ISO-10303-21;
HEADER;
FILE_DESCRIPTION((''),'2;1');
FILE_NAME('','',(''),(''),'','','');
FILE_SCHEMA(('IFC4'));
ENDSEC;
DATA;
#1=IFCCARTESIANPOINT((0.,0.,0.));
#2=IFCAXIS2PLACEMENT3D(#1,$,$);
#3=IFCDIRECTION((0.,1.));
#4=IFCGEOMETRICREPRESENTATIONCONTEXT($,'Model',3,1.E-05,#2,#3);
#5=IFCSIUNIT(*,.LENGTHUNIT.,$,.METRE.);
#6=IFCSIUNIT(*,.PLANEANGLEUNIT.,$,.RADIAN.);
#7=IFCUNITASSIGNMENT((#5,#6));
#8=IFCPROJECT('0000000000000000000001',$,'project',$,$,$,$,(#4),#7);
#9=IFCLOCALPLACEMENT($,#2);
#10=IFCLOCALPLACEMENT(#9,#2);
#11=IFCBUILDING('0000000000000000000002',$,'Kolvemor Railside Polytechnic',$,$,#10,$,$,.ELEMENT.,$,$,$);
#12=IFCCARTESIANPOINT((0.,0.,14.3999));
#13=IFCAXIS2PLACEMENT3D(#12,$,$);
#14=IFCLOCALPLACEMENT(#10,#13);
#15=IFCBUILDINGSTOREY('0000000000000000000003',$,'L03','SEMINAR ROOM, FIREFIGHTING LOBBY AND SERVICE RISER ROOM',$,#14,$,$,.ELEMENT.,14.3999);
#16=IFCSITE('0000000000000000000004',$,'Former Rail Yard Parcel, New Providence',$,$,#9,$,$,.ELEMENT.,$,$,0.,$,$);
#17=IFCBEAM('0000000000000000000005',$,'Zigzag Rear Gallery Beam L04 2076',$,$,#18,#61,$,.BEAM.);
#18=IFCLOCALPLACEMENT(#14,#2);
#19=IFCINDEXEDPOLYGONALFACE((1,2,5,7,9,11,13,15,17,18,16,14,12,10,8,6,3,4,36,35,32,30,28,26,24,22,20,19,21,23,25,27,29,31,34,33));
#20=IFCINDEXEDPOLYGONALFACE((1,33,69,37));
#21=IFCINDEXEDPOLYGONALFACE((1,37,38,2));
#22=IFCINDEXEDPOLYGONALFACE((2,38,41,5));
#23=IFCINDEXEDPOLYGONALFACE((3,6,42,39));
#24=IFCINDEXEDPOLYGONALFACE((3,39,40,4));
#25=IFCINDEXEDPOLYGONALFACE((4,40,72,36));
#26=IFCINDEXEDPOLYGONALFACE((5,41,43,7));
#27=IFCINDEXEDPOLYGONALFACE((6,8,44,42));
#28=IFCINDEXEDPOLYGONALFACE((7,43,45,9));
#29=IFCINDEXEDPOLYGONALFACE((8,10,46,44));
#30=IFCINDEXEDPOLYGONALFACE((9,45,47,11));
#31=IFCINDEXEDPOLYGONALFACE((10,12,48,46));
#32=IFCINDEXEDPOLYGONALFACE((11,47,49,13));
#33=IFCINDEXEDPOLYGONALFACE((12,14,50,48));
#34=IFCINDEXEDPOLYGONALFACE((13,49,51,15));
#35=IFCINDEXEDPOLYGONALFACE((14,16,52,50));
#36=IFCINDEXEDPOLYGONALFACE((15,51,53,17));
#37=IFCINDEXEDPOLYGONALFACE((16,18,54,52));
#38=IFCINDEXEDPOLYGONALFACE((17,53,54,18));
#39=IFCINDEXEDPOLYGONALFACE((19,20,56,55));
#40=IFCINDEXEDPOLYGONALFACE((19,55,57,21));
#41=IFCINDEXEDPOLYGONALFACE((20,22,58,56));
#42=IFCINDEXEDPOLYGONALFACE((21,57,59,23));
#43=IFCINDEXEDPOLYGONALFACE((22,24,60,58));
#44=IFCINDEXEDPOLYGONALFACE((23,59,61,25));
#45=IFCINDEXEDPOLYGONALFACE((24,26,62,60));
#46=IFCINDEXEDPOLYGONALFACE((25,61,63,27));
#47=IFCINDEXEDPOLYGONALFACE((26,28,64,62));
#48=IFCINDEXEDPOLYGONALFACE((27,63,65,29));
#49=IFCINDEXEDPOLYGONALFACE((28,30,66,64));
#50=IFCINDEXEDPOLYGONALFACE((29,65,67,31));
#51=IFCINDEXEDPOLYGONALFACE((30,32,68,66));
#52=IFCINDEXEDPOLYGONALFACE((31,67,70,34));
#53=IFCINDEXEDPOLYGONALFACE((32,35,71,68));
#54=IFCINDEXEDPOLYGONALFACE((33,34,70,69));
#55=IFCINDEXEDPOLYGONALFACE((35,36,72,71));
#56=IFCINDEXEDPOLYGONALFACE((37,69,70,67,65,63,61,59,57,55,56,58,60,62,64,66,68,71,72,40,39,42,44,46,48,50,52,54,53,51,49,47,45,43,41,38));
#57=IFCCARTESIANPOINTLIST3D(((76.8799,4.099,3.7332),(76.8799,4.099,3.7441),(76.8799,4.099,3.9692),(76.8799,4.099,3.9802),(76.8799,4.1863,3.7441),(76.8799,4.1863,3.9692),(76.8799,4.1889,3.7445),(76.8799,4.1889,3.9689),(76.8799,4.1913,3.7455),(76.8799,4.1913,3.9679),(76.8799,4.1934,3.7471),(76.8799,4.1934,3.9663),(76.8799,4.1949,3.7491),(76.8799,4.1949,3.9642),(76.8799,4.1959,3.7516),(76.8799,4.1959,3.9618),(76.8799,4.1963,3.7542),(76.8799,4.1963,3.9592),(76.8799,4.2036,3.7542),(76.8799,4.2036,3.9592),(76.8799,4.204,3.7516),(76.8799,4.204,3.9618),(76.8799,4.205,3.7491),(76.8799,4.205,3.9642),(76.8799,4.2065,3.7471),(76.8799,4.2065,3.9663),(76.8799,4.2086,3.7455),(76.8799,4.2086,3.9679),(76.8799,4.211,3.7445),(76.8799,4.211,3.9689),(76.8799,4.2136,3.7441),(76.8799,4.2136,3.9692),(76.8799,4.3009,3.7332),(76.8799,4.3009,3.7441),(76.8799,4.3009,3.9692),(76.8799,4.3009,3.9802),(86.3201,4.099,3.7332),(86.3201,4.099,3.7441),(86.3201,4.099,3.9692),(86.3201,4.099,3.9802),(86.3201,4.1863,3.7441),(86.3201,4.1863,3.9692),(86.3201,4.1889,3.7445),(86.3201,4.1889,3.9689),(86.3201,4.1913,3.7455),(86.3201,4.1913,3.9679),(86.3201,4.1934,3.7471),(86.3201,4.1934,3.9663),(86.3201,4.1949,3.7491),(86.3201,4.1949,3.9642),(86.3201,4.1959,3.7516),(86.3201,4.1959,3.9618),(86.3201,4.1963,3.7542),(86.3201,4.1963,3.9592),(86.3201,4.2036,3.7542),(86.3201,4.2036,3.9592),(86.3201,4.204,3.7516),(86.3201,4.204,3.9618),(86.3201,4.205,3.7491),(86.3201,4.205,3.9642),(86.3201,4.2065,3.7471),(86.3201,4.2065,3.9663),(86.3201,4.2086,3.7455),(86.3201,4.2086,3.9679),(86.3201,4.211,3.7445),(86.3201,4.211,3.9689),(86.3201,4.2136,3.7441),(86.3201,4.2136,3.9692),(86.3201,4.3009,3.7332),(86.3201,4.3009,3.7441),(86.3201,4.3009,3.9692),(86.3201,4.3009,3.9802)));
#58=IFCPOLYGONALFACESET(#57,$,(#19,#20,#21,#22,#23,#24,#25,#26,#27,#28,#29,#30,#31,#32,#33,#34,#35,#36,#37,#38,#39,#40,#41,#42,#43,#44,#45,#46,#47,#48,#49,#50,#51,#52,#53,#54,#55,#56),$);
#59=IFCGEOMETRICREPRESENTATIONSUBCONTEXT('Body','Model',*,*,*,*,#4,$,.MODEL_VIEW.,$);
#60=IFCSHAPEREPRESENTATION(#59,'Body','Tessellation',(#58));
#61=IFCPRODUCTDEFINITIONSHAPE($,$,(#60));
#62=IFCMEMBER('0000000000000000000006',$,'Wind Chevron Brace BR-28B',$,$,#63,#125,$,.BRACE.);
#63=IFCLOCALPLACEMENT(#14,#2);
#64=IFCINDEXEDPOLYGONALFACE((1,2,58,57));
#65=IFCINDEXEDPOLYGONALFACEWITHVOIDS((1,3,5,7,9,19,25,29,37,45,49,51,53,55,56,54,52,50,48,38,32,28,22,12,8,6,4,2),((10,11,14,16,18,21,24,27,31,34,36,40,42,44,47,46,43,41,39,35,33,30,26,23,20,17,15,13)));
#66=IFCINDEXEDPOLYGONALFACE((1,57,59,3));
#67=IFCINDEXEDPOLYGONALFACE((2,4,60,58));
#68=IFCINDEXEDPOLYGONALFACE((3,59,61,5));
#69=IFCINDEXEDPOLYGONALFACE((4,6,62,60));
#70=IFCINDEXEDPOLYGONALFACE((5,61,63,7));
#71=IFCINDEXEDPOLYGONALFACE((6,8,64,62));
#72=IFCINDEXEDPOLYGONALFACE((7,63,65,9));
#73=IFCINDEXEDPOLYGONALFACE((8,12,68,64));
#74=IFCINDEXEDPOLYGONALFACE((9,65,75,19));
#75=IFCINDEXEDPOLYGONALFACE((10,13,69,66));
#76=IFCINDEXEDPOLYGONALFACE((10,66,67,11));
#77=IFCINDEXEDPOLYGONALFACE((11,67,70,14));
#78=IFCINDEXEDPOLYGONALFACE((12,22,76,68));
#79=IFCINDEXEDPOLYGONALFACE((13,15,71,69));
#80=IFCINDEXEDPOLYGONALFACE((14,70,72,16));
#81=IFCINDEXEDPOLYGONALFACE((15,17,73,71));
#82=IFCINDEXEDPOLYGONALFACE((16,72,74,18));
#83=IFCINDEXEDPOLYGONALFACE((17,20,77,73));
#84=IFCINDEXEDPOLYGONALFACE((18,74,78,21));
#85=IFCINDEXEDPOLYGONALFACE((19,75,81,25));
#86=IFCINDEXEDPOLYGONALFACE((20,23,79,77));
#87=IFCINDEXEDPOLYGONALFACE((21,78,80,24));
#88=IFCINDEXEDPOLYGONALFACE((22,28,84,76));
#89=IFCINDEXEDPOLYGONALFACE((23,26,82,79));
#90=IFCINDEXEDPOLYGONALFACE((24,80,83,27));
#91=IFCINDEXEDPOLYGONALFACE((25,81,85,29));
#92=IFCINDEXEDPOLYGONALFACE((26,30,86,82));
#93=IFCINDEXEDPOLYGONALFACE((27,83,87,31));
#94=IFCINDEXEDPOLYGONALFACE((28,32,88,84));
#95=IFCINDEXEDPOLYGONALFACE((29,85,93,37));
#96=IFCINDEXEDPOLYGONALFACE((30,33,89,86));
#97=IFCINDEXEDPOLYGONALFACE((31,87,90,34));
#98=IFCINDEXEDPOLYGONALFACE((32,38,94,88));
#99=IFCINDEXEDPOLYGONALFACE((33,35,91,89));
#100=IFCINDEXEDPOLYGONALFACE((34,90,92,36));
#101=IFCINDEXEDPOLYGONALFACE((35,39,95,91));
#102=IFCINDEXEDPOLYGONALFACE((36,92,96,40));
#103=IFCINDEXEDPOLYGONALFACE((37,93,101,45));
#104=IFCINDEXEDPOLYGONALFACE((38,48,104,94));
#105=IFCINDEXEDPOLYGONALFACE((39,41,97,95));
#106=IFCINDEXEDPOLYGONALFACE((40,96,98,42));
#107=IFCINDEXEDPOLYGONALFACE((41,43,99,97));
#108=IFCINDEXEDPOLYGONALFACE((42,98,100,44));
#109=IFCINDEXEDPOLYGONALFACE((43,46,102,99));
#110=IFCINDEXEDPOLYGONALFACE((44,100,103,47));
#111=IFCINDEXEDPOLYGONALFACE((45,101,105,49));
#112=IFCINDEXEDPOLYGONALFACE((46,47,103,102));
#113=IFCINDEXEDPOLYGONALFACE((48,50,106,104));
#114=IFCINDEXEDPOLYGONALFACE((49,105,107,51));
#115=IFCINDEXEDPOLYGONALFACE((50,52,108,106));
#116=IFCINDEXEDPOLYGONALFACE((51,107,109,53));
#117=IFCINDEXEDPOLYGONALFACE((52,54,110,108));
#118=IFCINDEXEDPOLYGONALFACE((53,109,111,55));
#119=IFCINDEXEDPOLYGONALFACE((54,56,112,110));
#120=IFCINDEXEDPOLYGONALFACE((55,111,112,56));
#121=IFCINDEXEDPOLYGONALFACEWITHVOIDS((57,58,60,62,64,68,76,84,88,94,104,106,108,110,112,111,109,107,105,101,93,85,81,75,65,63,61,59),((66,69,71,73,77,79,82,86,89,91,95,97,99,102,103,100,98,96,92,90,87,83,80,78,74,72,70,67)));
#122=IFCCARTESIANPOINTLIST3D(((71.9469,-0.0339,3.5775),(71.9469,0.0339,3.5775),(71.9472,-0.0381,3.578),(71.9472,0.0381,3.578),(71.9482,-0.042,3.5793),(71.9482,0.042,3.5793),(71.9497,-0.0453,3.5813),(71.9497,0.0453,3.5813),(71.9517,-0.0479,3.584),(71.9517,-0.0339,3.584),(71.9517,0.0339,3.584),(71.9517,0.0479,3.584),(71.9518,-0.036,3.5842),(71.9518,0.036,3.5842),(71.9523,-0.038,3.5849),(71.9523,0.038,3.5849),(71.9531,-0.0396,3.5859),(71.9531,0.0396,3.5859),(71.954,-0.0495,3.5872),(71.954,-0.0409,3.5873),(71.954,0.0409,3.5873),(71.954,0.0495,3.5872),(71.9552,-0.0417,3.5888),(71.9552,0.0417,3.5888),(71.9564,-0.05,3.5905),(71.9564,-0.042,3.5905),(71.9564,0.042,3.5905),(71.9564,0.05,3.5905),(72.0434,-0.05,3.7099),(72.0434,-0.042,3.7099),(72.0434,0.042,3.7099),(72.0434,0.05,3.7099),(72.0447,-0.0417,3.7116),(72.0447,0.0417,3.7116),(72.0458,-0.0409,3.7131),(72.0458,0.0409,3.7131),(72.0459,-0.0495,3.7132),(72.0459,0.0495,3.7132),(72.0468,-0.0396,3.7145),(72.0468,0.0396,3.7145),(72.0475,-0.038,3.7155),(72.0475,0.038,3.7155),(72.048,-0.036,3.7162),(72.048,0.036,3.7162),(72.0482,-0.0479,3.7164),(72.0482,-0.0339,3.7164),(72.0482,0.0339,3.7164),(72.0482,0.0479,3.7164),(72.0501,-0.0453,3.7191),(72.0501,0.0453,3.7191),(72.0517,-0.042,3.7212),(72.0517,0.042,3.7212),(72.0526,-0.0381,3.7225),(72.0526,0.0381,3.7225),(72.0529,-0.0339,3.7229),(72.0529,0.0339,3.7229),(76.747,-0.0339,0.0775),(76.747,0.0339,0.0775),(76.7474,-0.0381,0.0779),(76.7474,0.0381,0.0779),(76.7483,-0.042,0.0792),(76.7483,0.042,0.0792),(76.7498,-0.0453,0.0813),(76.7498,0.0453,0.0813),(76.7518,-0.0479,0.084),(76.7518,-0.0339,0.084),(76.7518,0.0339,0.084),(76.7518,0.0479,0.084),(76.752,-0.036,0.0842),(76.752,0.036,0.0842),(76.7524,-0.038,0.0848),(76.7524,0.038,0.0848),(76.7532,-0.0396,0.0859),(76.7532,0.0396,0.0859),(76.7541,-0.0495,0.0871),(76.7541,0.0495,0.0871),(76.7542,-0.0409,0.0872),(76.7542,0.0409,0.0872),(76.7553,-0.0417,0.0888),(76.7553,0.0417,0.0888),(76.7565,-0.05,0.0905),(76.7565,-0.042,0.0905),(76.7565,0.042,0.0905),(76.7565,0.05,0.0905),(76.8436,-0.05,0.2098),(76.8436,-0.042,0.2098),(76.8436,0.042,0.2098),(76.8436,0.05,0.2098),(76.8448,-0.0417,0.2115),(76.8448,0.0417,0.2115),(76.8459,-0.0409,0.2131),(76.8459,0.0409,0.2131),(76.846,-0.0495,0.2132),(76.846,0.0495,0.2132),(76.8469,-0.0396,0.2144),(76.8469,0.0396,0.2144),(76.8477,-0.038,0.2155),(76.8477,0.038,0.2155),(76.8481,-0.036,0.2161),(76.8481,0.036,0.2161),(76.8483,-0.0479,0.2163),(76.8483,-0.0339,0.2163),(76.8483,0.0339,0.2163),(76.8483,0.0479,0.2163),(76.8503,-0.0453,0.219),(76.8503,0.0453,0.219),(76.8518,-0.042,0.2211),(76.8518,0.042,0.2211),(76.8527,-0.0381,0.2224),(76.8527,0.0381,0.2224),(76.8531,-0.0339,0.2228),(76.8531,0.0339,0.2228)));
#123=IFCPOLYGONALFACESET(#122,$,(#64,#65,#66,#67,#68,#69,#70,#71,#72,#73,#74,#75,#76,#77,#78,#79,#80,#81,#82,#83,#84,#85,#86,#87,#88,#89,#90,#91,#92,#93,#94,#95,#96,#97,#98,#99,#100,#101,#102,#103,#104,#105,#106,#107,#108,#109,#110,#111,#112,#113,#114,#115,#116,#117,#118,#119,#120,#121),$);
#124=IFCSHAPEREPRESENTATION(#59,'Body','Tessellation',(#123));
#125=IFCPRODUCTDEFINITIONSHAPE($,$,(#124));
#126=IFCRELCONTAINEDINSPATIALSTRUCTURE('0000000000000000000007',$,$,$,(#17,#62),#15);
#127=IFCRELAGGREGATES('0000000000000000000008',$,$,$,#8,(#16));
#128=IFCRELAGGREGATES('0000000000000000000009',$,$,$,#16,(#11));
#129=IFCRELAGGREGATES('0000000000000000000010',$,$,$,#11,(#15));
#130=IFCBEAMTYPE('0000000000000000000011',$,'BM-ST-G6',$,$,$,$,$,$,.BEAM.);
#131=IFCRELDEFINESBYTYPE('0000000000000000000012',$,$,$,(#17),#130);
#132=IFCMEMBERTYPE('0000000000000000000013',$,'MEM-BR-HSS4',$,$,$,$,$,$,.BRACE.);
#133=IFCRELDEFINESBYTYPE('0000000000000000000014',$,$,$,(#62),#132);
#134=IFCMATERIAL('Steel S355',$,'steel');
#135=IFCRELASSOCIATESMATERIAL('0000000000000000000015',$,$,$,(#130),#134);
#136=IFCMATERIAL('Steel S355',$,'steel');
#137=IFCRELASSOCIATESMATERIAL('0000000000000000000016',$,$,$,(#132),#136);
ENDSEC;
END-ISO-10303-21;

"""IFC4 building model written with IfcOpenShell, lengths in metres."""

from ifc_helpers import new_model, si_unit, direction, frame, origin, origin_2d, place, context, subcontext, project, spatial, hollow_rectangle, i_section, extrude, material, material_profile, profile_set, type_object, element, save


model = new_model("IFC4")

# Units and contexts
model_context = context("Model", 3, precision=1e-05, world=origin(), true_north=direction((0.0, 1.0)))
body_context = subcontext(model_context, "Body", "Model", "MODEL_VIEW")
ifc_project = project(units=[si_unit("LENGTHUNIT", "METRE"), si_unit("PLANEANGLEUNIT", "RADIAN")], contexts=[model_context])

# Site, building, storey
site_placement = place(None, origin())
site = spatial("IfcSite", under=ifc_project, at=site_placement, Name="Former Rail Yard Parcel, New Providence", CompositionType="ELEMENT", RefElevation=0.0)
building_placement = place(site_placement, origin())
building = spatial("IfcBuilding", under=site, at=building_placement, Name="Kolvemor Railside Polytechnic", CompositionType="ELEMENT")
storey_placement = place(building_placement, frame((0.0, 0.0, 14.3999)))
storey = spatial("IfcBuildingStorey", under=building, at=storey_placement, Name="L03", Description="SEMINAR ROOM, FIREFIGHTING LOBBY AND SERVICE RISER ROOM", CompositionType="ELEMENT", Elevation=14.3999)

# Beam
ifc_material_1 = material(Name="Steel S355", Category="steel")
ifc_material_profile_1 = material_profile(ifc_material_1, i_section(OverallWidth=0.2019, OverallDepth=0.2471, WebThickness=0.0073, FlangeThickness=0.011, FilletRadius=0.01, at=origin_2d()), Name="W250x49")
ifc_profile_set_1 = profile_set([ifc_material_profile_1], Name="Steel S355")
beam_type_1 = type_object("IfcBeamType", Name="BM-ST-G6", PredefinedType="BEAM", material=ifc_profile_set_1)
beam_1_placement = place(storey_placement, frame((76.8799, 4.2, 3.8567), z_axis=(1.0, 0.0, 0.0), x_axis=(0.0, 1.0, 0.0)))
element("IfcBeam", 1, at=beam_1_placement, inside=storey, type_object=beam_type_1, Name="Zigzag Rear Gallery Beam L04 2076", PredefinedType="BEAM", context=body_context, shape_type="SweptSolid", body=[
    extrude(i_section(OverallWidth=0.2019, OverallDepth=0.2471, WebThickness=0.0073, FlangeThickness=0.011, FilletRadius=0.01, at=origin_2d()), origin(), (0.0, 0.0, 1.0), 9.4402),
])

# Member
ifc_material_2 = material(Name="Steel S355", Category="steel")
ifc_material_profile_2 = material_profile(ifc_material_2, hollow_rectangle(XDim=0.1001, YDim=0.1799, WallThickness=0.0081, InnerFilletRadius=0.0081, OuterFilletRadius=0.0161, at=origin_2d()), Name="HSS180x100x8")
ifc_profile_set_2 = profile_set([ifc_material_profile_2], Name="Steel S355")
member_type = type_object("IfcMemberType", Name="MEM-BR-HSS4", PredefinedType="BRACE", material=ifc_profile_set_2)
member_placement = place(storey_placement, frame((76.8, 0.0, 0.1501), z_axis=(-0.80801, 0.0, 0.589168), x_axis=(0.0, -1.0, 0.0)))
element("IfcMember", 2, at=member_placement, inside=storey, type_object=member_type, Name="Wind Chevron Brace BR-28B", PredefinedType="BRACE", context=body_context, shape_type="SweptSolid", body=[
    extrude(hollow_rectangle(XDim=0.1001, YDim=0.1799, WallThickness=0.0081, InnerFilletRadius=0.0081, OuterFilletRadius=0.0161, at=origin_2d()), origin(), (0.0, 0.0, 1.0), 5.9407),
])

save(model, "model.ifc")
